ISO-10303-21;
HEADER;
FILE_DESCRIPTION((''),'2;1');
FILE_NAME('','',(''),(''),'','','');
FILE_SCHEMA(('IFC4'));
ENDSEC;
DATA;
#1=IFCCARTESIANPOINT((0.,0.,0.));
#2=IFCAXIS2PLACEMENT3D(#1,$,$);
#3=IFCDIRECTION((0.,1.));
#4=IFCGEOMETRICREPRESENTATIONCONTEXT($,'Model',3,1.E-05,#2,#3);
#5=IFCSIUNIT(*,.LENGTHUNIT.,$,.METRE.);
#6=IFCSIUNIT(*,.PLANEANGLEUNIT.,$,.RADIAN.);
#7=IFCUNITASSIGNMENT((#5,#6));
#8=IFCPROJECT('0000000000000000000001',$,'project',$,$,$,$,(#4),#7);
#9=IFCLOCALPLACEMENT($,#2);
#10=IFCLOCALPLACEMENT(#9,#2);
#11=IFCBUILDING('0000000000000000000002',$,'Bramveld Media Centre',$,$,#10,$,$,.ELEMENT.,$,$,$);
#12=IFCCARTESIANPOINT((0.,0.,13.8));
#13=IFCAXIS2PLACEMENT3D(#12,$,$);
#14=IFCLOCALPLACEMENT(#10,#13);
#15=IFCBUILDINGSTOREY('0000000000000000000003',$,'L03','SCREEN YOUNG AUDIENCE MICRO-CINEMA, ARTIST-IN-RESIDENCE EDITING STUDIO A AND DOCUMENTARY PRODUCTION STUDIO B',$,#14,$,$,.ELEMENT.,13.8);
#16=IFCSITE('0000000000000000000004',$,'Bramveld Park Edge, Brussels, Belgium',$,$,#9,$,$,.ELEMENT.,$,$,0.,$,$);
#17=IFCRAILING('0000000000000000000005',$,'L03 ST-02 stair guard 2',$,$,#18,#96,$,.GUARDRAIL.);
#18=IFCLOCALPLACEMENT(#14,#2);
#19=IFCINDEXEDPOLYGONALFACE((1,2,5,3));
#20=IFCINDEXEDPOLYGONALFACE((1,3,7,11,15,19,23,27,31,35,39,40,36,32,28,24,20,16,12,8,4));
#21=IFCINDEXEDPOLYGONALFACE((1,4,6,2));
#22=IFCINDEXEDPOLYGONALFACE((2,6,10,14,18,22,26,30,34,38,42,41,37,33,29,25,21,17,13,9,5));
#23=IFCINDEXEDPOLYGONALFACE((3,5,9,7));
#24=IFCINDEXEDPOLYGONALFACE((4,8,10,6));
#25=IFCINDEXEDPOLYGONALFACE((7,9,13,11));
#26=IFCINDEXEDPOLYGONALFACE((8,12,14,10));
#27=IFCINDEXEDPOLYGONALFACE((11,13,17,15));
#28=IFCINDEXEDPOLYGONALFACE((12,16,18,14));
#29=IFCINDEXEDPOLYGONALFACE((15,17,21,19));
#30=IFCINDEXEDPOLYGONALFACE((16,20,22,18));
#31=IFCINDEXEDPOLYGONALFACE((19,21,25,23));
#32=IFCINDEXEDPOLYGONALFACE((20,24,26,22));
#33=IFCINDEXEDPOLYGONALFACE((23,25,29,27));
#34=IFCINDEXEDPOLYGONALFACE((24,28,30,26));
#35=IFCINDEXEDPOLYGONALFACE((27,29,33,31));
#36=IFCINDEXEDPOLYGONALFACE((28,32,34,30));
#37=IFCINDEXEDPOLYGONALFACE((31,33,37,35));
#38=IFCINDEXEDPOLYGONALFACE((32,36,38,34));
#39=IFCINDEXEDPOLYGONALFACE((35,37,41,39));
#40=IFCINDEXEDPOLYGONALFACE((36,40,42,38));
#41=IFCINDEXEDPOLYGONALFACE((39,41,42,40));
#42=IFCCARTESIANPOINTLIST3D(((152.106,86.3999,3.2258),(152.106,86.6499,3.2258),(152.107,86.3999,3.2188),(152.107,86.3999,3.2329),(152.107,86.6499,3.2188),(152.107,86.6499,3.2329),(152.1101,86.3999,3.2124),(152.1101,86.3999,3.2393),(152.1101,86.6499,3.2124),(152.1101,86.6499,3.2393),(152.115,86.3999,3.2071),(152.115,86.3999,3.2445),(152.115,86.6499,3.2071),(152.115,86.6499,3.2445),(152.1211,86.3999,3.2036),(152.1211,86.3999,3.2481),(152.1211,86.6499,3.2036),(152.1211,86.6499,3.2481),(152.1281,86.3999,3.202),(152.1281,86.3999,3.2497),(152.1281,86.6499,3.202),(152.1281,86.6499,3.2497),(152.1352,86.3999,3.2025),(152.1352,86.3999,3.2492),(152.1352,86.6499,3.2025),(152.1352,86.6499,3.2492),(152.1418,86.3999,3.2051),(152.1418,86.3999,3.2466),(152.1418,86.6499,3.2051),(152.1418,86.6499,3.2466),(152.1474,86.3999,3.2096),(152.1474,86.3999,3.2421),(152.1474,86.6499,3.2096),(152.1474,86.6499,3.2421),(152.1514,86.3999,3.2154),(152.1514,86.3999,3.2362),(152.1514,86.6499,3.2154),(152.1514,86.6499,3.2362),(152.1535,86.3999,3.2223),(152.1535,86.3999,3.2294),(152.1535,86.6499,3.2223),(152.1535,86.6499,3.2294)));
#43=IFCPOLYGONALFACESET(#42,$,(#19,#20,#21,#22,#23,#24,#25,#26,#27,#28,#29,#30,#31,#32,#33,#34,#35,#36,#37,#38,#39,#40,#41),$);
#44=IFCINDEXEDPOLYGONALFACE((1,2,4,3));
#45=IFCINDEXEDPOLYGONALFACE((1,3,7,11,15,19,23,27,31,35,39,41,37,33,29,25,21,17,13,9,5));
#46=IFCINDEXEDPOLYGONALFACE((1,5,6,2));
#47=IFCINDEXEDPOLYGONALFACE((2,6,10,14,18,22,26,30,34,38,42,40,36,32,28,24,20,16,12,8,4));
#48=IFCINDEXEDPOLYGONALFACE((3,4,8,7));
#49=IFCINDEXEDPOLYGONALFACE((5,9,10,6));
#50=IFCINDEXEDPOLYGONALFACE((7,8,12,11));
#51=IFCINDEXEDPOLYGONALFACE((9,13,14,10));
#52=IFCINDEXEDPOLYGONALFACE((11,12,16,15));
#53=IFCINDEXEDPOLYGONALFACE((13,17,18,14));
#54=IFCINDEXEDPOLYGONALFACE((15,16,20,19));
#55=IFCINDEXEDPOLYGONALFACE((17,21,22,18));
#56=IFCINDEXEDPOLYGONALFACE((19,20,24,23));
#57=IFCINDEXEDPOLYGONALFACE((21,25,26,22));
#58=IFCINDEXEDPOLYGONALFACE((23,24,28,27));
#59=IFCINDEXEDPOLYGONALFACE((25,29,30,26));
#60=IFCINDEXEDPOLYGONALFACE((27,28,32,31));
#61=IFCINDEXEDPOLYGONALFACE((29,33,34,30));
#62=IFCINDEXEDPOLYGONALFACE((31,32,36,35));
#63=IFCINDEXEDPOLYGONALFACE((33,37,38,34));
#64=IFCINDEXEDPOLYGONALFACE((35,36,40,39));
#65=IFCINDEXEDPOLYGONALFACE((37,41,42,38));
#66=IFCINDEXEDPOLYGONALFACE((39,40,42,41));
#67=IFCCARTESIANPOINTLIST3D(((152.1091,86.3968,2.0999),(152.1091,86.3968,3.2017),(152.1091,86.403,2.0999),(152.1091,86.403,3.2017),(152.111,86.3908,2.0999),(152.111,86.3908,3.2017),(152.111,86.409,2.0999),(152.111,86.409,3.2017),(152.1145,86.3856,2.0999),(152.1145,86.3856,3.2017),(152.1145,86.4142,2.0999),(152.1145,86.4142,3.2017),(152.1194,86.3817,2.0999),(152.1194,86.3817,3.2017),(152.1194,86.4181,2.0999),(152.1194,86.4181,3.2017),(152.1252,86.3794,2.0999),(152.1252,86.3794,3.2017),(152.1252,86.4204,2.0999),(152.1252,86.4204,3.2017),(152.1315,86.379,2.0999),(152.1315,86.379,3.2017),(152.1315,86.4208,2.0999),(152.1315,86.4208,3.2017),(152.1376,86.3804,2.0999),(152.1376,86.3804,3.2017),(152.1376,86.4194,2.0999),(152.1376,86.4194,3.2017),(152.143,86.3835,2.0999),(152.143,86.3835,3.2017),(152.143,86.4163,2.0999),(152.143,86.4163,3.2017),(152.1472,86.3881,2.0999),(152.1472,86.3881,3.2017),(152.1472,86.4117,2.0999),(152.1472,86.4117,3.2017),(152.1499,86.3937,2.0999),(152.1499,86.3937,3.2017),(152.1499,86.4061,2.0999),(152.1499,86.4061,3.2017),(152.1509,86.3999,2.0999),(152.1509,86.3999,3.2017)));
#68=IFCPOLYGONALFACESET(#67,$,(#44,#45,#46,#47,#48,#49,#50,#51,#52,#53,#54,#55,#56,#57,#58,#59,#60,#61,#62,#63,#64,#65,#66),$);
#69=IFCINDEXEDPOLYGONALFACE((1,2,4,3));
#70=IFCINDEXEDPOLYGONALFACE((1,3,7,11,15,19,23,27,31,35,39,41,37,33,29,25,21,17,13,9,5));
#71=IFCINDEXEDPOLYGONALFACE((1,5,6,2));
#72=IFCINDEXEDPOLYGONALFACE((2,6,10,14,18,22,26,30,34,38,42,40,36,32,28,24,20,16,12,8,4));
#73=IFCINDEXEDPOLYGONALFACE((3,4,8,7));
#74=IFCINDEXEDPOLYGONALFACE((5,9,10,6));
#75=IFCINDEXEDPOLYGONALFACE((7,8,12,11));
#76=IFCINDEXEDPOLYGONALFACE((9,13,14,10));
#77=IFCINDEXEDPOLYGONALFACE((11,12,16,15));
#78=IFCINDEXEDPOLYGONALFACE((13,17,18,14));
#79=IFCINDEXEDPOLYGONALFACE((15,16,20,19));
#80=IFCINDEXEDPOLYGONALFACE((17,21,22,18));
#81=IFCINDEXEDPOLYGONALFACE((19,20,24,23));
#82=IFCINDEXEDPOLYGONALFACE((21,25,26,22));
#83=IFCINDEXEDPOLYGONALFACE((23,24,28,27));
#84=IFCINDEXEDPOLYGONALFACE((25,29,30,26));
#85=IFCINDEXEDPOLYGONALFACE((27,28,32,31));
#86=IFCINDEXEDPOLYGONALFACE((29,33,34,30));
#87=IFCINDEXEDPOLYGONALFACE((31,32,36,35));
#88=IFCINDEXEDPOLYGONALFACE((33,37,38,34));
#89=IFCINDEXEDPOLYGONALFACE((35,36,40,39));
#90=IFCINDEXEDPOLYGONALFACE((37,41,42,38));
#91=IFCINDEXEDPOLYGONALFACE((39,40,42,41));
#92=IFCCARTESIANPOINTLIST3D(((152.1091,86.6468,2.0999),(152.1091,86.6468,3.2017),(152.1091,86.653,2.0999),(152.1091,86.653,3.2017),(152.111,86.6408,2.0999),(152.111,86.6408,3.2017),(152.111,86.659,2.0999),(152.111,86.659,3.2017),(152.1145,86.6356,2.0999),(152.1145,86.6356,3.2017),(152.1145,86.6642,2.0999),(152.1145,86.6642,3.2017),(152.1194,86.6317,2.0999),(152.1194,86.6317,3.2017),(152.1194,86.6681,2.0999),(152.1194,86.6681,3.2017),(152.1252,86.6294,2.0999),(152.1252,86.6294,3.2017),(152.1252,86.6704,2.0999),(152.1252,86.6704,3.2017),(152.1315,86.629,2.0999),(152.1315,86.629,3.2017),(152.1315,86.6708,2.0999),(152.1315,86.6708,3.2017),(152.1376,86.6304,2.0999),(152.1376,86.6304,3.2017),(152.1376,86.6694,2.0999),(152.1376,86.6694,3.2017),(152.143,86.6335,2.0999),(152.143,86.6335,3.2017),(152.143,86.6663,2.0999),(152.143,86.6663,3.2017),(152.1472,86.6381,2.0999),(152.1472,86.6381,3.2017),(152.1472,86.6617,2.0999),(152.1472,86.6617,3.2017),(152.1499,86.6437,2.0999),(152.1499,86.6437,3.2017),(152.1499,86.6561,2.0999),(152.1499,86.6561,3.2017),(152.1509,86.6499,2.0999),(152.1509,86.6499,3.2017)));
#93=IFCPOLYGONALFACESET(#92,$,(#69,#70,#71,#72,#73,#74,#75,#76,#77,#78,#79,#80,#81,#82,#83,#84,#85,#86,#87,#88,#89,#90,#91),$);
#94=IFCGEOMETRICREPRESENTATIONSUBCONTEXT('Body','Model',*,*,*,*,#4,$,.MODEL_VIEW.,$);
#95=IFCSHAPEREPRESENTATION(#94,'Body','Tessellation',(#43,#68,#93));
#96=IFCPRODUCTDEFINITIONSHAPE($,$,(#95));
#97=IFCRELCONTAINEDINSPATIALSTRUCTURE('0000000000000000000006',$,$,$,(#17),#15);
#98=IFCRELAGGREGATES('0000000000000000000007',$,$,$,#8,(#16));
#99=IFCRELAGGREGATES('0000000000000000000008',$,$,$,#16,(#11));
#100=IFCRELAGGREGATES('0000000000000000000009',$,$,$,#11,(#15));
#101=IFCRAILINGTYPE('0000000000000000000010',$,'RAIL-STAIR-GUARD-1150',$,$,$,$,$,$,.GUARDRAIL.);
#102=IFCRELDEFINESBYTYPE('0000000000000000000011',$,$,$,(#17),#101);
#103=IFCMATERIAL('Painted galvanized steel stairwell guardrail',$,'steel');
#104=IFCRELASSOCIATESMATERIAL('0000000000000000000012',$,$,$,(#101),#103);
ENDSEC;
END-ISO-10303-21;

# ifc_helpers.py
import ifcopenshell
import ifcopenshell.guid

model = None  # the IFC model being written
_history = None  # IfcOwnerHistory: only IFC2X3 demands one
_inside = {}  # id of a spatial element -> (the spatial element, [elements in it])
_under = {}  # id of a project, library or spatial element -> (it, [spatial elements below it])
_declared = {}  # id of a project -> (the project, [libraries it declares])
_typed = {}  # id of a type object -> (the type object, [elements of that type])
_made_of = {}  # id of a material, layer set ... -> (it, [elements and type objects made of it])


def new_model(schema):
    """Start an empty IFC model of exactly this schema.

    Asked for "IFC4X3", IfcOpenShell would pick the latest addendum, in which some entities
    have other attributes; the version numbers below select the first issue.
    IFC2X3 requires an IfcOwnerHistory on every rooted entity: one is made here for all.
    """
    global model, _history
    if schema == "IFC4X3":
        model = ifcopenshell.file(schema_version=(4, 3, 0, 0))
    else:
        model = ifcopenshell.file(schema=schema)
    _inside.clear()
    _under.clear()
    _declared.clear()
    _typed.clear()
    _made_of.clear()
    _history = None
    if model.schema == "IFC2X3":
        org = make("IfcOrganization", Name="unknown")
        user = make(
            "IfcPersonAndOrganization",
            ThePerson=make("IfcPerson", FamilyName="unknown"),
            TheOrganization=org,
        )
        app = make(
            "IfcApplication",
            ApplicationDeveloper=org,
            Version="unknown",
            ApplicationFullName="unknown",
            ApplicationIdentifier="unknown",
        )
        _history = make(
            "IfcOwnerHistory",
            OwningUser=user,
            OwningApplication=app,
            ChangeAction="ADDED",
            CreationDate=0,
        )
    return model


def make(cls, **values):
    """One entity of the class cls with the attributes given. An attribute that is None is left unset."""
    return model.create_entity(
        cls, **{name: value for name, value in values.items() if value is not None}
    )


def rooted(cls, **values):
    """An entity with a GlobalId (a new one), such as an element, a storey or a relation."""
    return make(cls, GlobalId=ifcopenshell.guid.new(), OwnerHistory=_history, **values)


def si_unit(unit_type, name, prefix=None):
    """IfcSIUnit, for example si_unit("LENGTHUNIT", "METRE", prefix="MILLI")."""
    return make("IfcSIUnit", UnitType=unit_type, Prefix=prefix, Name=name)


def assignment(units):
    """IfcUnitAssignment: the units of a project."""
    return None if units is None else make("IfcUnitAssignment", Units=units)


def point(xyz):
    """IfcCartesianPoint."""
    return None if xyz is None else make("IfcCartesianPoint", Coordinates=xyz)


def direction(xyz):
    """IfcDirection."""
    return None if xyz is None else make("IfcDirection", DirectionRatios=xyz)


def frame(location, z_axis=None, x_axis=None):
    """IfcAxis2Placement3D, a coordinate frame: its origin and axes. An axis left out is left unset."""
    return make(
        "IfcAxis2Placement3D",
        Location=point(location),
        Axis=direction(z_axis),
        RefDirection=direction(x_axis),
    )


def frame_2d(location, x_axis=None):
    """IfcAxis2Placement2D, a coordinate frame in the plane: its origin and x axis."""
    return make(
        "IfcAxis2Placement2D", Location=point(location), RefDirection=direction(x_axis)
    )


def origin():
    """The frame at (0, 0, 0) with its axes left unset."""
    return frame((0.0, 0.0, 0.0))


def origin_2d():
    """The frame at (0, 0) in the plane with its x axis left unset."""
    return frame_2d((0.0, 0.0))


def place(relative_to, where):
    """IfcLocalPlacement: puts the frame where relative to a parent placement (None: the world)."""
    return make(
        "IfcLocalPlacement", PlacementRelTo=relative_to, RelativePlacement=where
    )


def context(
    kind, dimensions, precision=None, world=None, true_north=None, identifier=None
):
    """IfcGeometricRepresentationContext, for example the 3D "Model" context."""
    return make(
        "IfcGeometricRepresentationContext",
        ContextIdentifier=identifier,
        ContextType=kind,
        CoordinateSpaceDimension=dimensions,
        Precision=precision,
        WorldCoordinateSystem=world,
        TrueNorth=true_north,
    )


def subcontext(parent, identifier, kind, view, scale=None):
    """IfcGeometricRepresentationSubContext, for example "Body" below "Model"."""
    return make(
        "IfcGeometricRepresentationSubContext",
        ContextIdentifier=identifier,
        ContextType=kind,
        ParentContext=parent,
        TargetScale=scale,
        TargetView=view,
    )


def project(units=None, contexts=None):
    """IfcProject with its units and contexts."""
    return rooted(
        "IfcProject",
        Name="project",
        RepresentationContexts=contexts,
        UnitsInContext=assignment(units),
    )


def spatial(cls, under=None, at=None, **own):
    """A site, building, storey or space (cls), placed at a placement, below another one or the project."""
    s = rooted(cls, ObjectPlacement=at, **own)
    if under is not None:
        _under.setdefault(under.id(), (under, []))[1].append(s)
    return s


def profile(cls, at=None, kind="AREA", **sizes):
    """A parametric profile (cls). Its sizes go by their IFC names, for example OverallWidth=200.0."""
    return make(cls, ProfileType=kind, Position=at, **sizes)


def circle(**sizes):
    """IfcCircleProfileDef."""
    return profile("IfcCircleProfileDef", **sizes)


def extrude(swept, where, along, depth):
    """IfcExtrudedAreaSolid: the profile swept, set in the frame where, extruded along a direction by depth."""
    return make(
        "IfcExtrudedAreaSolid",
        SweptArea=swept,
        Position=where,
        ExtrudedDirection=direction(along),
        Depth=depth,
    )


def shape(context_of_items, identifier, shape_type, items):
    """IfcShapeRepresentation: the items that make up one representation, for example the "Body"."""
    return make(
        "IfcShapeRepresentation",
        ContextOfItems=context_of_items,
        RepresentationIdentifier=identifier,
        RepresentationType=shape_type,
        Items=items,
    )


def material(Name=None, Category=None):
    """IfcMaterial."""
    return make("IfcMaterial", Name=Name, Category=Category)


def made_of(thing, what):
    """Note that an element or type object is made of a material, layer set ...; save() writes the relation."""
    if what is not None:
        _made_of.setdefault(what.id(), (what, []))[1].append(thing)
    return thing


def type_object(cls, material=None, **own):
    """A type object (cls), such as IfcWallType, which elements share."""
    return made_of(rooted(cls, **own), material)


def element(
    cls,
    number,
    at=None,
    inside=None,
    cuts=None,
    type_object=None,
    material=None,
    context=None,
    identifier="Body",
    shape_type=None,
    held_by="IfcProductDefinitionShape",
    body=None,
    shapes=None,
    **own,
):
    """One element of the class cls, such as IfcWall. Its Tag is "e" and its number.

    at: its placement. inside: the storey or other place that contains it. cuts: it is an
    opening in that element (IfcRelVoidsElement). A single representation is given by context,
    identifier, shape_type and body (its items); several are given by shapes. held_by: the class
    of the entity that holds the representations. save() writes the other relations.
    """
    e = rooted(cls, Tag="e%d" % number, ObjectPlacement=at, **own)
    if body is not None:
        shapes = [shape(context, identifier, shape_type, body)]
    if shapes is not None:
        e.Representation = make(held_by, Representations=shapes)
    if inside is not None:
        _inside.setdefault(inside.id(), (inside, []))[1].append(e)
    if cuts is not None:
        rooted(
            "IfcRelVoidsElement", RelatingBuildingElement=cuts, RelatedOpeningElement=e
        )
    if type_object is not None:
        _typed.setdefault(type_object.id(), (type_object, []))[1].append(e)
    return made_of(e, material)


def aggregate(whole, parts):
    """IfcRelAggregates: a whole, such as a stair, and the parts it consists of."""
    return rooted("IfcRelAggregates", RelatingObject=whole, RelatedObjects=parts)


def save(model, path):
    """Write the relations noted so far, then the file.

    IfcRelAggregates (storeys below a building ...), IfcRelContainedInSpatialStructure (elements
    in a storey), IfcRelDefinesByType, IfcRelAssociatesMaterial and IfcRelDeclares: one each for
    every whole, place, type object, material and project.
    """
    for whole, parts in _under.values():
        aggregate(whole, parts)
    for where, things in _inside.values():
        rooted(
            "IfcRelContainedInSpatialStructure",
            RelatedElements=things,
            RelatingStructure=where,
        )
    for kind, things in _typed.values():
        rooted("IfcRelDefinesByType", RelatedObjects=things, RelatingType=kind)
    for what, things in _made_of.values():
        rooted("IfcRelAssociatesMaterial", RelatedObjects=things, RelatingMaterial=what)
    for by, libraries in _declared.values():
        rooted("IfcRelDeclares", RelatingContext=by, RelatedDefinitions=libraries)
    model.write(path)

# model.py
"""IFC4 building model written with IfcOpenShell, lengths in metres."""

from ifc_helpers import new_model, si_unit, direction, frame, origin, origin_2d, place, context, subcontext, project, spatial, circle, extrude, material, type_object, element, save


model = new_model("IFC4")

# Units and contexts
model_context = context("Model", 3, precision=1e-05, world=origin(), true_north=direction((0.0, 1.0)))
body_context = subcontext(model_context, "Body", "Model", "MODEL_VIEW")
ifc_project = project(units=[si_unit("LENGTHUNIT", "METRE"), si_unit("PLANEANGLEUNIT", "RADIAN")], contexts=[model_context])

# Site, building, storey
site_placement = place(None, origin())
site = spatial("IfcSite", under=ifc_project, at=site_placement, Name="Bramveld Park Edge, Brussels, Belgium", CompositionType="ELEMENT", RefElevation=0.0)
building_placement = place(site_placement, origin())
building = spatial("IfcBuilding", under=site, at=building_placement, Name="Bramveld Media Centre", CompositionType="ELEMENT")
storey_placement = place(building_placement, frame((0.0, 0.0, 13.8)))
storey = spatial("IfcBuildingStorey", under=building, at=storey_placement, Name="L03", Description="SCREEN YOUNG AUDIENCE MICRO-CINEMA, ARTIST-IN-RESIDENCE EDITING STUDIO A AND DOCUMENTARY PRODUCTION STUDIO B", CompositionType="ELEMENT", Elevation=13.8)

# Railing
ifc_material_1 = material(Name="Painted galvanized steel stairwell guardrail", Category="steel")
railing_type_1 = type_object("IfcRailingType", Name="RAIL-STAIR-GUARD-1150", PredefinedType="GUARDRAIL", material=ifc_material_1)
railing_1_placement = place(storey_placement, frame((152.1299, 86.3999, 2.0999)))
element("IfcRailing", 1, at=railing_1_placement, inside=storey, type_object=railing_type_1, Name="L03 ST-02 stair guard 2", PredefinedType="GUARDRAIL", context=body_context, shape_type="SweptSolid", body=[
    extrude(circle(Radius=0.0239, at=origin_2d()), frame((0.0, 0.0, 1.126), z_axis=(0.0, 1.0, 0.0), x_axis=(-1.0, 0.0, 0.0)), (0.0, 0.0, 1.0), 0.25),
    extrude(circle(Radius=0.021, at=origin_2d()), origin(), (0.0, 0.0, 1.0), 1.1018),
    extrude(circle(Radius=0.021, at=origin_2d()), frame((0.0, 0.25, 0.0)), (0.0, 0.0, 1.0), 1.1018),
])

save(model, "model.ifc")
